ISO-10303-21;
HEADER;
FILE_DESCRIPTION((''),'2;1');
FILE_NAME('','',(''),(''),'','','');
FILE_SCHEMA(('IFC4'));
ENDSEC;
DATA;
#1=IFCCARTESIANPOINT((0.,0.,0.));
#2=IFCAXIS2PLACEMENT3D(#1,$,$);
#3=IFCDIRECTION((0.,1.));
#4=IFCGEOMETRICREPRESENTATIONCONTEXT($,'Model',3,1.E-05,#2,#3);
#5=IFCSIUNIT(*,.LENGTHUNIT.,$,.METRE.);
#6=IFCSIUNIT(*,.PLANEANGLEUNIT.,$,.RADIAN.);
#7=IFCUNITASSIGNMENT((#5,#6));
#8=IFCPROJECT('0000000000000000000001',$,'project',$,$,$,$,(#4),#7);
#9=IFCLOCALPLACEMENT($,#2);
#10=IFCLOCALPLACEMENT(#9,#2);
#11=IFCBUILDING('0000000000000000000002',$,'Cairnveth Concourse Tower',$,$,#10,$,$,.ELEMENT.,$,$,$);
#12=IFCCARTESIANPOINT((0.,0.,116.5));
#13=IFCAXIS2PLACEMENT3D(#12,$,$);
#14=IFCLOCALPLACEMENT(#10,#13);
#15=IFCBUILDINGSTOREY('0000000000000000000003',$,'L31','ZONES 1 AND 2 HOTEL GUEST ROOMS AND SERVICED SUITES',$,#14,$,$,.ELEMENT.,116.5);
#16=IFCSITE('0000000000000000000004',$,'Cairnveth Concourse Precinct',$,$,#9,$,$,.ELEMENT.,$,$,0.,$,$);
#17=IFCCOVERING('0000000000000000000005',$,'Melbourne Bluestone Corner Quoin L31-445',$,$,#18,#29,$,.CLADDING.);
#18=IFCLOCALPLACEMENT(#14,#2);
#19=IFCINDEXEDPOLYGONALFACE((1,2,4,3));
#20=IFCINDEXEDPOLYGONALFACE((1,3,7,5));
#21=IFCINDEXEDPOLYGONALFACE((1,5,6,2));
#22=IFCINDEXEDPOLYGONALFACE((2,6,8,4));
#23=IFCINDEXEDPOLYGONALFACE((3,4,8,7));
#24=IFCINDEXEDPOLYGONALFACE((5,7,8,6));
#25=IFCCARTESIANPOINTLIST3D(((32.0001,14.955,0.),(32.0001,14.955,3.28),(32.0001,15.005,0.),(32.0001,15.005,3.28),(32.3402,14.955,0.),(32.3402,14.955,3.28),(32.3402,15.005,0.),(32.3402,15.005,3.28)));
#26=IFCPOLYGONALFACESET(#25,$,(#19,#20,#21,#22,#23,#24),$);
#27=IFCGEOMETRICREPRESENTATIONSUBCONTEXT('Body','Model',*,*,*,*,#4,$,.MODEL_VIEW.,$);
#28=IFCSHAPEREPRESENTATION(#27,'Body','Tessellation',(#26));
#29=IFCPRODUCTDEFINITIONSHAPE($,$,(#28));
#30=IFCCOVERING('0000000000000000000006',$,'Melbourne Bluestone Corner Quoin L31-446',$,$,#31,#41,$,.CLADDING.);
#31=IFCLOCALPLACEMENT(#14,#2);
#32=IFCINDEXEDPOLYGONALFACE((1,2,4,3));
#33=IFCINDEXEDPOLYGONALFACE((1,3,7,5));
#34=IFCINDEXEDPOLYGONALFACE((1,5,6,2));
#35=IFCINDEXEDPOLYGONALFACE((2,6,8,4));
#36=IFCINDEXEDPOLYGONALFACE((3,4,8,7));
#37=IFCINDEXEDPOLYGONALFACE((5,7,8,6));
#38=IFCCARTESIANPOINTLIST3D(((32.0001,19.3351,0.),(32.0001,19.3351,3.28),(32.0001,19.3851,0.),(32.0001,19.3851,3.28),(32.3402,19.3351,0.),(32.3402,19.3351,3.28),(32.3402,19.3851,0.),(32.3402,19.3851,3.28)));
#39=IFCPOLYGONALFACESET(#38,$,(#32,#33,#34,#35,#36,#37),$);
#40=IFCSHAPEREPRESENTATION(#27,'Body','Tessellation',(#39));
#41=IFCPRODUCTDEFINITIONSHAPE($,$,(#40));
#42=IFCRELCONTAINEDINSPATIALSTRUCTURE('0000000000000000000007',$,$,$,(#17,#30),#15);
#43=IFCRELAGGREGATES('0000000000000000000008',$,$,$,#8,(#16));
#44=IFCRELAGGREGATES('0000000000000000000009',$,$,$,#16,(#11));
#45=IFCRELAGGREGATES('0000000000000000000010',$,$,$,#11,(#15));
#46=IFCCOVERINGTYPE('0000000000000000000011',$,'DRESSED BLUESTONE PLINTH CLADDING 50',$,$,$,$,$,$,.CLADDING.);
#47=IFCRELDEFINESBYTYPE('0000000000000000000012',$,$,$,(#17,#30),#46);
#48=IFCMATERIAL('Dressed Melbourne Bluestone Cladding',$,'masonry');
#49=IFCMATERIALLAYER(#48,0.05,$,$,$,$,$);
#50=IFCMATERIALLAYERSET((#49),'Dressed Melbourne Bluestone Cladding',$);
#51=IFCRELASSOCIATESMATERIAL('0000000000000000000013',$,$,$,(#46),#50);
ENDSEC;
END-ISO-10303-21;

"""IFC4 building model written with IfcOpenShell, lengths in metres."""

from ifc_helpers import new_model, si_unit, direction, frame, frame_2d, origin, place, context, subcontext, project, spatial, rectangle, extrude, material, layer, layer_set, type_object, element, save


model = new_model("IFC4")

# Units and contexts
model_context = context("Model", 3, precision=1e-05, world=origin(), true_north=direction((0.0, 1.0)))
body_context = subcontext(model_context, "Body", "Model", "MODEL_VIEW")
ifc_project = project(units=[si_unit("LENGTHUNIT", "METRE"), si_unit("PLANEANGLEUNIT", "RADIAN")], contexts=[model_context])

# Site, building, storey
site_placement = place(None, origin())
site = spatial("IfcSite", under=ifc_project, at=site_placement, Name="Cairnveth Concourse Precinct", CompositionType="ELEMENT", RefElevation=0.0)
building_placement = place(site_placement, origin())
building = spatial("IfcBuilding", under=site, at=building_placement, Name="Cairnveth Concourse Tower", CompositionType="ELEMENT")
storey_placement = place(building_placement, frame((0.0, 0.0, 116.5)))
storey = spatial("IfcBuildingStorey", under=building, at=storey_placement, Name="L31", Description="ZONES 1 AND 2 HOTEL GUEST ROOMS AND SERVICED SUITES", CompositionType="ELEMENT", Elevation=116.5)

# Coverings
ifc_material_1 = material(Name="Dressed Melbourne Bluestone Cladding", Category="masonry")
ifc_layer_1 = layer(ifc_material_1, 0.05)
ifc_layer_set_1 = layer_set([ifc_layer_1], Name="Dressed Melbourne Bluestone Cladding")
covering_type = type_object("IfcCoveringType", Name="DRESSED BLUESTONE PLINTH CLADDING 50", PredefinedType="CLADDING", material=ifc_layer_set_1)
for number, where, z_axis, x_axis, name in (
    (1, (32.3401, 14.98, 0.0), (0.0, 0.0, 1.0), (-1.0, 0.0, 0.0), "Melbourne Bluestone Corner Quoin L31-445"),
    (2, (32.3401, 19.3601, 0.0), (0.0, 0.0, 1.0), (-1.0, 0.0, 0.0), "Melbourne Bluestone Corner Quoin L31-446"),
):
    element("IfcCovering", number, at=place(storey_placement, frame(where, z_axis=z_axis, x_axis=x_axis)), inside=storey, type_object=covering_type, Name=name, PredefinedType="CLADDING", context=body_context, shape_type="SweptSolid", body=[
        extrude(rectangle(XDim=0.3401, YDim=0.05, at=frame_2d((0.1699, 0.0))), origin(), (0.0, 0.0, 1.0), 3.28),
    ])

save(model, "model.ifc")
